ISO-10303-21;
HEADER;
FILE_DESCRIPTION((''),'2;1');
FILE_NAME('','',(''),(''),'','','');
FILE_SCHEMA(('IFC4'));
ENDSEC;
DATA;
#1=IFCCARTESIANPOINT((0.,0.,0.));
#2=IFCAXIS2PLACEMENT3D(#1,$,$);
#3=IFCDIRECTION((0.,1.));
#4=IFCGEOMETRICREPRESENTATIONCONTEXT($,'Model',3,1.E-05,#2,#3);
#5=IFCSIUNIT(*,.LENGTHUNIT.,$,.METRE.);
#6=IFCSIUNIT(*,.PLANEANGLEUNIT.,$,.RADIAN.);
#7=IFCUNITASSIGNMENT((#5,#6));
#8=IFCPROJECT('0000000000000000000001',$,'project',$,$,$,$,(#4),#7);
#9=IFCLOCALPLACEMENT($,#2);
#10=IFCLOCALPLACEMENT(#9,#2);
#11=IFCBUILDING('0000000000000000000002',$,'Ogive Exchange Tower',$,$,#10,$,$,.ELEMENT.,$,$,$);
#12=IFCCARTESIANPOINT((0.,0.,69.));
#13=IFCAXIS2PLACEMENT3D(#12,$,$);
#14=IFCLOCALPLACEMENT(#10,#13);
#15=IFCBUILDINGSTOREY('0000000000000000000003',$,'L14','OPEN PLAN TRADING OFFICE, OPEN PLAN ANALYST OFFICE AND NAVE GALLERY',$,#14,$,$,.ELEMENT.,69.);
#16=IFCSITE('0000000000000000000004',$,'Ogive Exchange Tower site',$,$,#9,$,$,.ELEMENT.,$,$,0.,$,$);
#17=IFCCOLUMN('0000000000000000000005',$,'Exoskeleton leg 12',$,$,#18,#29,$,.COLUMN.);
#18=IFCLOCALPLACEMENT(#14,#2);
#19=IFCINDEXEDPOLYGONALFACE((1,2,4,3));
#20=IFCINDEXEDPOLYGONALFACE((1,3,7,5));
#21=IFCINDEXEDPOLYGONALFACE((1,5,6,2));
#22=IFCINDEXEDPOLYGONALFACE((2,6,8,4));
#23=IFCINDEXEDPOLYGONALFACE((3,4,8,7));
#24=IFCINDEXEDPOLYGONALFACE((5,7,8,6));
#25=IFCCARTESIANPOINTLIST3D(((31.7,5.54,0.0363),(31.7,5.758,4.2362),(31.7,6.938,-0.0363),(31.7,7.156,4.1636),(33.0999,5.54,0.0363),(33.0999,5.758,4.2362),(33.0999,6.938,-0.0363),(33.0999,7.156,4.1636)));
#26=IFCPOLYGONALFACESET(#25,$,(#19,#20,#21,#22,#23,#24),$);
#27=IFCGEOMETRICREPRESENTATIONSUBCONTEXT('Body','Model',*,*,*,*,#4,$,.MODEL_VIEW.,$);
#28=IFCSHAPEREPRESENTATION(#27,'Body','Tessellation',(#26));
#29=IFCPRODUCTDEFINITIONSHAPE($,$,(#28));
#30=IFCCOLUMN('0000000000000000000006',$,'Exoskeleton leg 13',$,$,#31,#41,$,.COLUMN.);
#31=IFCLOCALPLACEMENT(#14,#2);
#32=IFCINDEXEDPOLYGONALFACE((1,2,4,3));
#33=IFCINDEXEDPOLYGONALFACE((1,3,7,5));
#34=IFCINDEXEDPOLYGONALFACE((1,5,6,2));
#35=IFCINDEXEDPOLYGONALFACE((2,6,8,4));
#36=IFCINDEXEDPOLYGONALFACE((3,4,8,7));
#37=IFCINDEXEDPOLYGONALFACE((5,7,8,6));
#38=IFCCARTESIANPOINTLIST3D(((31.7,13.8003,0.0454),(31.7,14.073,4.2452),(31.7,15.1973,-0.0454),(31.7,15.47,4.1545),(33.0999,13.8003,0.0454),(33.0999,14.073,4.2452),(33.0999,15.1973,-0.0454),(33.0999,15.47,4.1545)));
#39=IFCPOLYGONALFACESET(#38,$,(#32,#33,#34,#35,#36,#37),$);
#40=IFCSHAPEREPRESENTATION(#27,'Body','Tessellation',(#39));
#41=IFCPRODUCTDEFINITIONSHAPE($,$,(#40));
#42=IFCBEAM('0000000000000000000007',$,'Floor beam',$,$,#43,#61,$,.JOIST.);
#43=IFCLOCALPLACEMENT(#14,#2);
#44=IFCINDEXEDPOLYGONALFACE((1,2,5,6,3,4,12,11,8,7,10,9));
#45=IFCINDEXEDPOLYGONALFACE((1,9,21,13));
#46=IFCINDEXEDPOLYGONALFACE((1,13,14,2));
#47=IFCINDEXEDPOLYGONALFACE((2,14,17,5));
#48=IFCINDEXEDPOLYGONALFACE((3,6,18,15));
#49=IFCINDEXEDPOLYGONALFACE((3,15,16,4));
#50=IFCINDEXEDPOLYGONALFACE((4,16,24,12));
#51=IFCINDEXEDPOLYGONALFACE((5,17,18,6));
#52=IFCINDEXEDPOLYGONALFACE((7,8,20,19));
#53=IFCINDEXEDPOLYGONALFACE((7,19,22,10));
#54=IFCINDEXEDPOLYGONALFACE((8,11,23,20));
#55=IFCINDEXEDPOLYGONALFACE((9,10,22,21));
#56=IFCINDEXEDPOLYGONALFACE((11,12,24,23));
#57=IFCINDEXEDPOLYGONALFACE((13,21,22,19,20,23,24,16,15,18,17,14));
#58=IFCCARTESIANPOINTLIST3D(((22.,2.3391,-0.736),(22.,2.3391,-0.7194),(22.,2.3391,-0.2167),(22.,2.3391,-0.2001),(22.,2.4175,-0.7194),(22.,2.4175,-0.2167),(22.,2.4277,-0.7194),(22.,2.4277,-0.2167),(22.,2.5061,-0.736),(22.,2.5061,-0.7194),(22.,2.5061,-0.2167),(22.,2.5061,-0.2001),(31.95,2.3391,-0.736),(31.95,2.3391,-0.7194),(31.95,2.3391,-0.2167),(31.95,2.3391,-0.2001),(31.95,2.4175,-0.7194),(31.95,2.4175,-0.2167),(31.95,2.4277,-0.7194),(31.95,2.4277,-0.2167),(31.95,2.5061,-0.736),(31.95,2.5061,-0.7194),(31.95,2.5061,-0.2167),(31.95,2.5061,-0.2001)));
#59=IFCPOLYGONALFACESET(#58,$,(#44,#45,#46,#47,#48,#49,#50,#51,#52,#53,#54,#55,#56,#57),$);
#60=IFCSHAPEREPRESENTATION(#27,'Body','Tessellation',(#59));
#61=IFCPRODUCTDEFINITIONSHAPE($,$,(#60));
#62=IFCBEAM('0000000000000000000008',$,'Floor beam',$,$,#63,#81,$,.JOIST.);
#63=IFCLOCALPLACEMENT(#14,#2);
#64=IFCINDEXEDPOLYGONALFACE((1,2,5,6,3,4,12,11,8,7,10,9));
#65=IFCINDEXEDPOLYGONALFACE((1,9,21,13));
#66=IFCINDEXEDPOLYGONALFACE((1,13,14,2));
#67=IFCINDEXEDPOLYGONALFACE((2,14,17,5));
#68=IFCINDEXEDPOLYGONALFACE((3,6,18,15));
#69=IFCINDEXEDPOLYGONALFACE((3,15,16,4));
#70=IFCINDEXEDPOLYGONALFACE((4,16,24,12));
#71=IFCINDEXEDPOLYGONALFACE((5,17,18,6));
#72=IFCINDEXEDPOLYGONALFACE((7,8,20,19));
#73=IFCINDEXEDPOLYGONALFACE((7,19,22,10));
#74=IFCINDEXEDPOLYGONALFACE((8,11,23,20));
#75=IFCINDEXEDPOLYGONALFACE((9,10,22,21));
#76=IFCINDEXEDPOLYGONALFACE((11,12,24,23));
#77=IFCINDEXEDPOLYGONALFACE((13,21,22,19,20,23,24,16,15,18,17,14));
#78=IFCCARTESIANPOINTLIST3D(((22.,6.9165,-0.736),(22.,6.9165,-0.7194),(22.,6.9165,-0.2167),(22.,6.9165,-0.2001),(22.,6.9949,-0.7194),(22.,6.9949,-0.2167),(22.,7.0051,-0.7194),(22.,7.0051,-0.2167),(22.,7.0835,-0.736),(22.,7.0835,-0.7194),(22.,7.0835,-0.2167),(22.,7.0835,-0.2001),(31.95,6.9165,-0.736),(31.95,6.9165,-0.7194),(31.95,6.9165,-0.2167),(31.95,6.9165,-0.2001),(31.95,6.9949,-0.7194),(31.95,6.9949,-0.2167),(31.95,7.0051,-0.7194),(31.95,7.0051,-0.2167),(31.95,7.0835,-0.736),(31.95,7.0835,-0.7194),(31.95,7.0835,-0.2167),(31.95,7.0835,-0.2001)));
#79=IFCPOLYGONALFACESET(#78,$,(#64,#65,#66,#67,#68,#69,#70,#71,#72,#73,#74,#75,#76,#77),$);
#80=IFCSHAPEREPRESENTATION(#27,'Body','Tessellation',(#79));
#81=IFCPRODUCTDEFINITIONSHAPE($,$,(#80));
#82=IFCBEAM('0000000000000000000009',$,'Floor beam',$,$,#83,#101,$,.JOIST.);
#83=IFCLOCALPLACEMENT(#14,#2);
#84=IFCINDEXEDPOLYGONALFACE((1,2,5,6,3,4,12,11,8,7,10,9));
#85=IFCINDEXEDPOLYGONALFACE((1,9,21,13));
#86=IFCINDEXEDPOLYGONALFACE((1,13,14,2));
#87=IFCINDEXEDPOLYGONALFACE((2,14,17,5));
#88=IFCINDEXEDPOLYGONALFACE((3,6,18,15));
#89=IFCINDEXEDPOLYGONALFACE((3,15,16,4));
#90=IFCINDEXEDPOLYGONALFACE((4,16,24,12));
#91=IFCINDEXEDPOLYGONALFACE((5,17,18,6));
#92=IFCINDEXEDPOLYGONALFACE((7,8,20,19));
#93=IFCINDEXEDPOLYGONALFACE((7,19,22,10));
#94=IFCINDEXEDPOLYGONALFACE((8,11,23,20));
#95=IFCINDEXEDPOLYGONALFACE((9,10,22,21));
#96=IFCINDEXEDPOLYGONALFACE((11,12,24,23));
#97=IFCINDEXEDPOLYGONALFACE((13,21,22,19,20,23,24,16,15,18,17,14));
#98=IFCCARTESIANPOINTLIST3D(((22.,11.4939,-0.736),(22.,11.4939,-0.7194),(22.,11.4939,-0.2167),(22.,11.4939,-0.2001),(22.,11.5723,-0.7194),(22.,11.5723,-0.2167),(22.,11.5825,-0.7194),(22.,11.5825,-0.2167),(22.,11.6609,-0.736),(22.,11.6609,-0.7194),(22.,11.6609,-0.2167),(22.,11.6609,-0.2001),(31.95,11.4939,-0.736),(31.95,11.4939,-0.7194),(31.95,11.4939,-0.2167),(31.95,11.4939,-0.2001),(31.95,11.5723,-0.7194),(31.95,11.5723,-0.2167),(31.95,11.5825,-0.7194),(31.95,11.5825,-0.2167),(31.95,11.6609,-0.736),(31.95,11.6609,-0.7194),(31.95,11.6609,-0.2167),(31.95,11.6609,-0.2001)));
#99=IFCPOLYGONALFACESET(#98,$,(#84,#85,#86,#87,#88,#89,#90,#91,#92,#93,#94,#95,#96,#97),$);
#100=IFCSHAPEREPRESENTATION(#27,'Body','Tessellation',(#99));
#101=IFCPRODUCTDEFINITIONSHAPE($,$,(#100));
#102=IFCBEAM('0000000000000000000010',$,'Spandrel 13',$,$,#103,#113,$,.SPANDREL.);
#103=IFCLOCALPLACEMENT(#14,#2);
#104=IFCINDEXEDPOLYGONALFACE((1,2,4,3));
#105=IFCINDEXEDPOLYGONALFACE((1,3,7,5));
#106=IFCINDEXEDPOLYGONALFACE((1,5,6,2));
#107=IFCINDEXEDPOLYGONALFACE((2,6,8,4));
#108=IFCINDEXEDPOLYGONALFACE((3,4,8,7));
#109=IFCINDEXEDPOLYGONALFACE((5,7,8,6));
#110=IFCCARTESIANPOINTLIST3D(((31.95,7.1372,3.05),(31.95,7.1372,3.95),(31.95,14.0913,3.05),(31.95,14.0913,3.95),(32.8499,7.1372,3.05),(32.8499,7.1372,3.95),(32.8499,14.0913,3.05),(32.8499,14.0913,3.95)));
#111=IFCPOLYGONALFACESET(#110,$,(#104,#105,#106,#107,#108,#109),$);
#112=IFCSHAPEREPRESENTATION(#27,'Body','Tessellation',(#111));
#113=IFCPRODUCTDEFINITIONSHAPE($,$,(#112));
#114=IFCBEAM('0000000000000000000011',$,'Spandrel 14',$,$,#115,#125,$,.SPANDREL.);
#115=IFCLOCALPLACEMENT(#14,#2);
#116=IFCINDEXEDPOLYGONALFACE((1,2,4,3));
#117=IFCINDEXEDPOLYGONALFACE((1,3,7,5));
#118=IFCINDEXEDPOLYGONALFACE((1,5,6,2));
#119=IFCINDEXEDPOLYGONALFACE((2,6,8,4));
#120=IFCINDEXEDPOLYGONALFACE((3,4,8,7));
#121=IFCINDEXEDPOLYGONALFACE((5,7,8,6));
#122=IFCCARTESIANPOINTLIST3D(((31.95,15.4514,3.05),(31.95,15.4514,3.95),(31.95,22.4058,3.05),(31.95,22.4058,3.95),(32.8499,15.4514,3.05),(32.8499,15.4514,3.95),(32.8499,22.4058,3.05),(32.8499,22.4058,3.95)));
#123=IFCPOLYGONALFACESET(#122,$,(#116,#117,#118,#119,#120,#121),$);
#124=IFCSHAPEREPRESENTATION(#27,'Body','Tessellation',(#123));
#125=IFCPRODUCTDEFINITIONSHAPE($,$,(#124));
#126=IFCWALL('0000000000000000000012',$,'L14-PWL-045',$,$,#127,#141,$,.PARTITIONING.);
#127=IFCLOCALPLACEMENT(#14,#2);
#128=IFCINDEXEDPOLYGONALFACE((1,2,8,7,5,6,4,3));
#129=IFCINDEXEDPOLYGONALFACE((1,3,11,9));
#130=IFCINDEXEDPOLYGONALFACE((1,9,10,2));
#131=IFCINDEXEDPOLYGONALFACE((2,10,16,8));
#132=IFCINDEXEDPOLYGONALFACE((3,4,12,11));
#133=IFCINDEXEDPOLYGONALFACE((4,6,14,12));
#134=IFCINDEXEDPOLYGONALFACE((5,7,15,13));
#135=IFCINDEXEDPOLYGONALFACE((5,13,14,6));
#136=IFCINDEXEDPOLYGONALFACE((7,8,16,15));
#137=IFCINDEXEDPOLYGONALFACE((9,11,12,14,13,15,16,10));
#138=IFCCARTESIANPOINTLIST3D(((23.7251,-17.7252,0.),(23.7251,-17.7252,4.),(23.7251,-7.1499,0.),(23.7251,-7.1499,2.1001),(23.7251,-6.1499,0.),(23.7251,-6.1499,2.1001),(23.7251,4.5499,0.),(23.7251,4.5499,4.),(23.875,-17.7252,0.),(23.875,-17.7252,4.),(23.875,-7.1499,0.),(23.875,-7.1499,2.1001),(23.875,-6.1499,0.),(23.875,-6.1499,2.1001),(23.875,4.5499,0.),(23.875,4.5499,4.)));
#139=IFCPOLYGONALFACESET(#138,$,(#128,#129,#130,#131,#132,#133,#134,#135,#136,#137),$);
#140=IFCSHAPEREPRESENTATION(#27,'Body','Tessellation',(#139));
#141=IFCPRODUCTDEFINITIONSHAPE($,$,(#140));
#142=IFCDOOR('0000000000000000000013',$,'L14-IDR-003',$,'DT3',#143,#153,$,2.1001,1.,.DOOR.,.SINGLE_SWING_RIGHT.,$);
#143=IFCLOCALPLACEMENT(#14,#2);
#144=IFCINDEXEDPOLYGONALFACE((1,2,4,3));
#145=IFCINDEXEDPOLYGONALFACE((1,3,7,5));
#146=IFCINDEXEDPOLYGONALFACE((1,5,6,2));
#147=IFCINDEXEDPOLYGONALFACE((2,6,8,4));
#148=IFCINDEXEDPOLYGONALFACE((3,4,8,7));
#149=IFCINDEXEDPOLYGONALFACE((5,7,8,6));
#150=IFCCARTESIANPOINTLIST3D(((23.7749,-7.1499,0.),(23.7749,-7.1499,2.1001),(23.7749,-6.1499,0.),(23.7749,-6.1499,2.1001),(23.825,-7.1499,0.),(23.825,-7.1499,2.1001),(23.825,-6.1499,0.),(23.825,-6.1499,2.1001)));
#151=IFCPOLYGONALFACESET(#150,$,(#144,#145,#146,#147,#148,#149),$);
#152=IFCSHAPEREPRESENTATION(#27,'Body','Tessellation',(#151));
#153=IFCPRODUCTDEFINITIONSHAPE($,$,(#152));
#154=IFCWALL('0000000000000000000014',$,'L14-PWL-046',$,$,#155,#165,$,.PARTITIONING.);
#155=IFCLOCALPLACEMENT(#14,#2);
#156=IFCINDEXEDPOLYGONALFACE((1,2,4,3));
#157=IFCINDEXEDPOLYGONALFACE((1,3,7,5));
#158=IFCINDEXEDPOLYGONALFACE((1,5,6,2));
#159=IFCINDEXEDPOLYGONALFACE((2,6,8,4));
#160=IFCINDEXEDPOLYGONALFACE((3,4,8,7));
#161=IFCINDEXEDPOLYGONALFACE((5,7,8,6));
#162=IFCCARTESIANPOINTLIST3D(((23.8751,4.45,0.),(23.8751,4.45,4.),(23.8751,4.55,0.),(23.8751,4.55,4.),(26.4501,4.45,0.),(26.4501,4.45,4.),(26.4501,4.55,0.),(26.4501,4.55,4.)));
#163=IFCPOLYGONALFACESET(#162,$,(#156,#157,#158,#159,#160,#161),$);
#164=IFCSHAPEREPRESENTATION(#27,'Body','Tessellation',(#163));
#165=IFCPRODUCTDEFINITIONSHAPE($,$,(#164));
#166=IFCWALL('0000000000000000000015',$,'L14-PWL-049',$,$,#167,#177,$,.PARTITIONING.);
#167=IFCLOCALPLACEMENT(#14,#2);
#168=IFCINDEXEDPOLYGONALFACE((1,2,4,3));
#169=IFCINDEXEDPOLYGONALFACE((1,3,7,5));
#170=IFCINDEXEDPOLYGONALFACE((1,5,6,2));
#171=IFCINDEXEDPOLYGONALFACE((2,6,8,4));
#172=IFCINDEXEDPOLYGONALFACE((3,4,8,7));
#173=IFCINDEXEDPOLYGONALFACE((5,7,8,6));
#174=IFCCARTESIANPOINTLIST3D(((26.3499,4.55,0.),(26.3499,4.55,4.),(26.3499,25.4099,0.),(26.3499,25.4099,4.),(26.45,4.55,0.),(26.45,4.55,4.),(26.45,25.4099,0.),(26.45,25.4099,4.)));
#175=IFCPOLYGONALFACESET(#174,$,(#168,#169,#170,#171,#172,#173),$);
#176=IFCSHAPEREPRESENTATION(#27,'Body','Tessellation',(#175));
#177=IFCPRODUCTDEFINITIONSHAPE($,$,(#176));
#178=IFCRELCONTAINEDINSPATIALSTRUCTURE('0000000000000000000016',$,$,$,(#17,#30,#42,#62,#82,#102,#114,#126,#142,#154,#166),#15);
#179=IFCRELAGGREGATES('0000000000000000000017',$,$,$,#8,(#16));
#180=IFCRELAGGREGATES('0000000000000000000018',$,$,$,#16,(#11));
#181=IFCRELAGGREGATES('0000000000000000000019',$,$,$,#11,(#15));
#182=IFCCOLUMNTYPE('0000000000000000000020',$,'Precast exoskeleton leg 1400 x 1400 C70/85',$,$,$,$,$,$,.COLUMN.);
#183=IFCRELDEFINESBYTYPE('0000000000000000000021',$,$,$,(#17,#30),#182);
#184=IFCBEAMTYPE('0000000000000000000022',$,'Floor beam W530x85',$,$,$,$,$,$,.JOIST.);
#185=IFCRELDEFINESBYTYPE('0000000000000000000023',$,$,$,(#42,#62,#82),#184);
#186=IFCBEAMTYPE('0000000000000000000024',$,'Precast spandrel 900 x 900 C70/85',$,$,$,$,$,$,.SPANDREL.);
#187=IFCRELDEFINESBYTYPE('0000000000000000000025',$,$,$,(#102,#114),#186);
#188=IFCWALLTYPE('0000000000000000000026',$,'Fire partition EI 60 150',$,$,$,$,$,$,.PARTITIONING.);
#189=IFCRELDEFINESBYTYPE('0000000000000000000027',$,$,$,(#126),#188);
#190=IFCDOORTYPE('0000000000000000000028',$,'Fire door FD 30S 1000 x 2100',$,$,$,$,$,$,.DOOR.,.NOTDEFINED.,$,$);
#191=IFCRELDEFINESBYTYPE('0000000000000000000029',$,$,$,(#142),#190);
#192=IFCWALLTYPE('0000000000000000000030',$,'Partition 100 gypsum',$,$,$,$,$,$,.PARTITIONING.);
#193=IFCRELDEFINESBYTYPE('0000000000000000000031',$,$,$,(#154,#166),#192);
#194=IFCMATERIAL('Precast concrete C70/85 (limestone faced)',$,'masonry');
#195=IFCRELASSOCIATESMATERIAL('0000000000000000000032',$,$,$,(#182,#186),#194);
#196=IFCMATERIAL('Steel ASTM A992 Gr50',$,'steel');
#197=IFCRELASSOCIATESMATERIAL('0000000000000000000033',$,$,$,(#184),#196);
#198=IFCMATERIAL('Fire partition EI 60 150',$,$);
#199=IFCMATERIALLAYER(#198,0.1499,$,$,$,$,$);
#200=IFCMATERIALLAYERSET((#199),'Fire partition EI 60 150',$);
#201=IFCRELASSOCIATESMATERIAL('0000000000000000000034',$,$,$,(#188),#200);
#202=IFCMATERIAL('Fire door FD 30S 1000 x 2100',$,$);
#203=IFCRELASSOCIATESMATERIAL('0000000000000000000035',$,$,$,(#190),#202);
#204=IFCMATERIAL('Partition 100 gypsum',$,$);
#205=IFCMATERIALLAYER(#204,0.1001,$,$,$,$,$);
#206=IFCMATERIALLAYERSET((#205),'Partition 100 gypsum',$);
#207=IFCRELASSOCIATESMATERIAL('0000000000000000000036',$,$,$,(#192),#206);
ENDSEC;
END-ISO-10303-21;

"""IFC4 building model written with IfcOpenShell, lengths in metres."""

from ifc_helpers import new_model, si_unit, direction, frame, frame_2d, origin, origin_2d, place, context, subcontext, project, spatial, rectangle, i_section, extrude, material, layer, layer_set, material_profile, profile_set, type_object, element, fill, save


model = new_model("IFC4")

# Units and contexts
model_context = context("Model", 3, precision=1e-05, world=origin(), true_north=direction((0.0, 1.0)))
body_context = subcontext(model_context, "Body", "Model", "MODEL_VIEW")
ifc_project = project(units=[si_unit("LENGTHUNIT", "METRE"), si_unit("PLANEANGLEUNIT", "RADIAN")], contexts=[model_context])

# Site, building, storey
site_placement = place(None, origin())
site = spatial("IfcSite", under=ifc_project, at=site_placement, Name="Ogive Exchange Tower site", CompositionType="ELEMENT", RefElevation=0.0)
building_placement = place(site_placement, origin())
building = spatial("IfcBuilding", under=site, at=building_placement, Name="Ogive Exchange Tower", CompositionType="ELEMENT")
storey_placement = place(building_placement, frame((0.0, 0.0, 69.0)))
storey = spatial("IfcBuildingStorey", under=building, at=storey_placement, Name="L14", Description="OPEN PLAN TRADING OFFICE, OPEN PLAN ANALYST OFFICE AND NAVE GALLERY", CompositionType="ELEMENT", Elevation=69.0)

# Columns
ifc_material_1 = material(Name="Precast concrete C70/85 (limestone faced)", Category="masonry")
ifc_material_profile_1 = material_profile(ifc_material_1, rectangle(XDim=1.3999, YDim=1.3999, at=origin_2d()), Name="1400 x 1400")
ifc_profile_set_1 = profile_set([ifc_material_profile_1], Name="Precast concrete C70/85 (limestone faced)")
column_type = type_object("IfcColumnType", Name="Precast exoskeleton leg 1400 x 1400 C70/85", PredefinedType="COLUMN", material=ifc_profile_set_1)
column_1_placement = place(storey_placement, frame((32.3999, 6.239, 0.0), z_axis=(0.0, 0.05184, 0.998655), x_axis=(-1.0, 0.0, 0.0)))
element("IfcColumn", 1, at=column_1_placement, inside=storey, type_object=column_type, Name="Exoskeleton leg 12", PredefinedType="COLUMN", context=body_context, shape_type="SweptSolid", body=[
    extrude(rectangle(XDim=1.3999, YDim=1.3999, at=origin_2d()), origin(), (0.0, 0.0, 1.0), 4.2056),
])
column_2_placement = place(storey_placement, frame((32.3999, 14.4988, 0.0), z_axis=(0.0, 0.064794, 0.997899), x_axis=(-1.0, 0.0, 0.0)))
element("IfcColumn", 2, at=column_2_placement, inside=storey, type_object=column_type, Name="Exoskeleton leg 13", PredefinedType="COLUMN", context=body_context, shape_type="SweptSolid", body=[
    extrude(rectangle(XDim=1.3999, YDim=1.3999, at=origin_2d()), origin(), (0.0, 0.0, 1.0), 4.2087),
])

# Beams
ifc_material_2 = material(Name="Steel ASTM A992 Gr50", Category="steel")
ifc_material_profile_2 = material_profile(ifc_material_2, i_section(OverallWidth=0.167, OverallDepth=0.5359, WebThickness=0.0103, FlangeThickness=0.0166, at=origin_2d()), Name="W530x85")
ifc_profile_set_2 = profile_set([ifc_material_profile_2], Name="Steel ASTM A992 Gr50")
beam_type_1 = type_object("IfcBeamType", Name="Floor beam W530x85", PredefinedType="JOIST", material=ifc_profile_set_2)
for number, where, z_axis, x_axis, name in (
    (3, (22.0, 2.4226, -0.468), (1.0, 0.0, 0.0), (0.0, 1.0, 0.0), "Floor beam"),
    (4, (22.0, 7.0, -0.468), (1.0, 0.0, 0.0), (0.0, 1.0, 0.0), "Floor beam"),
    (5, (22.0, 11.5774, -0.468), (1.0, 0.0, 0.0), (0.0, 1.0, 0.0), "Floor beam"),
):
    element("IfcBeam", number, at=place(storey_placement, frame(where, z_axis=z_axis, x_axis=x_axis)), inside=storey, type_object=beam_type_1, Name=name, PredefinedType="JOIST", context=body_context, shape_type="SweptSolid", body=[
        extrude(i_section(OverallWidth=0.167, OverallDepth=0.5359, WebThickness=0.0103, FlangeThickness=0.0166, at=origin_2d()), origin(), (0.0, 0.0, 1.0), 9.95),
    ])
ifc_material_profile_3 = material_profile(ifc_material_1, rectangle(XDim=0.8999, YDim=0.8999, at=origin_2d()), Name="900 x 900")
ifc_profile_set_3 = profile_set([ifc_material_profile_3], Name="Precast concrete C70/85 (limestone faced)")
beam_type_2 = type_object("IfcBeamType", Name="Precast spandrel 900 x 900 C70/85", PredefinedType="SPANDREL", material=ifc_profile_set_3)
beam_1_placement = place(storey_placement, frame((32.3999, 7.1372, 3.5), z_axis=(0.0, 1.0, 0.0), x_axis=(-1.0, 0.0, 0.0)))
element("IfcBeam", 6, at=beam_1_placement, inside=storey, type_object=beam_type_2, Name="Spandrel 13", PredefinedType="SPANDREL", context=body_context, shape_type="SweptSolid", body=[
    extrude(rectangle(XDim=0.8999, YDim=0.8999, at=origin_2d()), origin(), (0.0, 0.0, 1.0), 6.9541),
])
beam_2_placement = place(storey_placement, frame((32.3999, 15.4514, 3.5), z_axis=(0.0, 1.0, 0.0), x_axis=(-1.0, 0.0, 0.0)))
element("IfcBeam", 7, at=beam_2_placement, inside=storey, type_object=beam_type_2, Name="Spandrel 14", PredefinedType="SPANDREL", context=body_context, shape_type="SweptSolid", body=[
    extrude(rectangle(XDim=0.8999, YDim=0.8999, at=origin_2d()), origin(), (0.0, 0.0, 1.0), 6.9543),
])

# Wall, opening, door
ifc_material_3 = material(Name="Fire partition EI 60 150")
ifc_layer_1 = layer(ifc_material_3, 0.1499)
ifc_layer_set_1 = layer_set([ifc_layer_1], Name="Fire partition EI 60 150")
wall_type_1 = type_object("IfcWallType", Name="Fire partition EI 60 150", PredefinedType="PARTITIONING", material=ifc_layer_set_1)
wall_1_placement = place(storey_placement, frame((23.8, 4.55, 0.0), z_axis=(0.0, 0.0, 1.0), x_axis=(0.0, -1.0, 0.0)))
wall_1 = element("IfcWall", 8, at=wall_1_placement, inside=storey, type_object=wall_type_1, Name="L14-PWL-045", PredefinedType="PARTITIONING", context=body_context, shape_type="SweptSolid", body=[
    extrude(rectangle(XDim=22.2751, YDim=0.1499, at=frame_2d((11.1377, 0.0))), origin(), (0.0, 0.0, 1.0), 4.0),
])
opening_1_placement = place(wall_1_placement, frame((10.7, 0.0, 0.0)))
opening_1 = element("IfcOpeningElement", 9, at=opening_1_placement, cuts=wall_1, PredefinedType="OPENING", context=body_context, shape_type="SweptSolid", body=[
    extrude(rectangle(XDim=1.0, YDim=2.1001, at=frame_2d((0.5, 1.05))), frame((0.0, 0.085, 0.0), z_axis=(0.0, -1.0, 0.0), x_axis=(1.0, 0.0, 0.0)), (0.0, 0.0, 1.0), 0.1699),
])
ifc_material_4 = material(Name="Fire door FD 30S 1000 x 2100")
door_type_1 = type_object("IfcDoorType", Name="Fire door FD 30S 1000 x 2100", OperationType="NOTDEFINED", PredefinedType="DOOR", material=ifc_material_4)
door_1_placement = place(opening_1_placement, origin())
door_1 = element("IfcDoor", 10, at=door_1_placement, inside=storey, type_object=door_type_1, Name="L14-IDR-003", ObjectType="DT3", OperationType="SINGLE_SWING_RIGHT", OverallHeight=2.1001, OverallWidth=1.0, PredefinedType="DOOR", context=body_context, shape_type="SweptSolid", body=[
    extrude(rectangle(XDim=1.0, YDim=2.1001, at=frame_2d((0.5, 1.05))), frame((0.0, 0.0249, 0.0), z_axis=(0.0, -1.0, 0.0), x_axis=(1.0, 0.0, 0.0)), (0.0, 0.0, 1.0), 0.05),
])
fill(opening_1, door_1)

# Walls
ifc_material_5 = material(Name="Partition 100 gypsum")
ifc_layer_2 = layer(ifc_material_5, 0.1001)
ifc_layer_set_2 = layer_set([ifc_layer_2], Name="Partition 100 gypsum")
wall_type_2 = type_object("IfcWallType", Name="Partition 100 gypsum", PredefinedType="PARTITIONING", material=ifc_layer_set_2)
wall_2_placement = place(storey_placement, frame((23.875, 4.5, 0.0), z_axis=(0.0, 0.0, 1.0), x_axis=(1.0, 0.0, 0.0)))
element("IfcWall", 11, at=wall_2_placement, inside=storey, type_object=wall_type_2, Name="L14-PWL-046", PredefinedType="PARTITIONING", context=body_context, shape_type="SweptSolid", body=[
    extrude(rectangle(XDim=2.575, YDim=0.1001, at=frame_2d((1.2876, 0.0))), origin(), (0.0, 0.0, 1.0), 4.0),
])
wall_3_placement = place(storey_placement, frame((26.3999, 4.55, 0.0), z_axis=(0.0, 0.0, 1.0), x_axis=(0.0, 1.0, 0.0)))
element("IfcWall", 12, at=wall_3_placement, inside=storey, type_object=wall_type_2, Name="L14-PWL-049", PredefinedType="PARTITIONING", context=body_context, shape_type="SweptSolid", body=[
    extrude(rectangle(XDim=20.8599, YDim=0.1001, at=frame_2d((10.4299, 0.0))), origin(), (0.0, 0.0, 1.0), 4.0),
])

save(model, "model.ifc")
